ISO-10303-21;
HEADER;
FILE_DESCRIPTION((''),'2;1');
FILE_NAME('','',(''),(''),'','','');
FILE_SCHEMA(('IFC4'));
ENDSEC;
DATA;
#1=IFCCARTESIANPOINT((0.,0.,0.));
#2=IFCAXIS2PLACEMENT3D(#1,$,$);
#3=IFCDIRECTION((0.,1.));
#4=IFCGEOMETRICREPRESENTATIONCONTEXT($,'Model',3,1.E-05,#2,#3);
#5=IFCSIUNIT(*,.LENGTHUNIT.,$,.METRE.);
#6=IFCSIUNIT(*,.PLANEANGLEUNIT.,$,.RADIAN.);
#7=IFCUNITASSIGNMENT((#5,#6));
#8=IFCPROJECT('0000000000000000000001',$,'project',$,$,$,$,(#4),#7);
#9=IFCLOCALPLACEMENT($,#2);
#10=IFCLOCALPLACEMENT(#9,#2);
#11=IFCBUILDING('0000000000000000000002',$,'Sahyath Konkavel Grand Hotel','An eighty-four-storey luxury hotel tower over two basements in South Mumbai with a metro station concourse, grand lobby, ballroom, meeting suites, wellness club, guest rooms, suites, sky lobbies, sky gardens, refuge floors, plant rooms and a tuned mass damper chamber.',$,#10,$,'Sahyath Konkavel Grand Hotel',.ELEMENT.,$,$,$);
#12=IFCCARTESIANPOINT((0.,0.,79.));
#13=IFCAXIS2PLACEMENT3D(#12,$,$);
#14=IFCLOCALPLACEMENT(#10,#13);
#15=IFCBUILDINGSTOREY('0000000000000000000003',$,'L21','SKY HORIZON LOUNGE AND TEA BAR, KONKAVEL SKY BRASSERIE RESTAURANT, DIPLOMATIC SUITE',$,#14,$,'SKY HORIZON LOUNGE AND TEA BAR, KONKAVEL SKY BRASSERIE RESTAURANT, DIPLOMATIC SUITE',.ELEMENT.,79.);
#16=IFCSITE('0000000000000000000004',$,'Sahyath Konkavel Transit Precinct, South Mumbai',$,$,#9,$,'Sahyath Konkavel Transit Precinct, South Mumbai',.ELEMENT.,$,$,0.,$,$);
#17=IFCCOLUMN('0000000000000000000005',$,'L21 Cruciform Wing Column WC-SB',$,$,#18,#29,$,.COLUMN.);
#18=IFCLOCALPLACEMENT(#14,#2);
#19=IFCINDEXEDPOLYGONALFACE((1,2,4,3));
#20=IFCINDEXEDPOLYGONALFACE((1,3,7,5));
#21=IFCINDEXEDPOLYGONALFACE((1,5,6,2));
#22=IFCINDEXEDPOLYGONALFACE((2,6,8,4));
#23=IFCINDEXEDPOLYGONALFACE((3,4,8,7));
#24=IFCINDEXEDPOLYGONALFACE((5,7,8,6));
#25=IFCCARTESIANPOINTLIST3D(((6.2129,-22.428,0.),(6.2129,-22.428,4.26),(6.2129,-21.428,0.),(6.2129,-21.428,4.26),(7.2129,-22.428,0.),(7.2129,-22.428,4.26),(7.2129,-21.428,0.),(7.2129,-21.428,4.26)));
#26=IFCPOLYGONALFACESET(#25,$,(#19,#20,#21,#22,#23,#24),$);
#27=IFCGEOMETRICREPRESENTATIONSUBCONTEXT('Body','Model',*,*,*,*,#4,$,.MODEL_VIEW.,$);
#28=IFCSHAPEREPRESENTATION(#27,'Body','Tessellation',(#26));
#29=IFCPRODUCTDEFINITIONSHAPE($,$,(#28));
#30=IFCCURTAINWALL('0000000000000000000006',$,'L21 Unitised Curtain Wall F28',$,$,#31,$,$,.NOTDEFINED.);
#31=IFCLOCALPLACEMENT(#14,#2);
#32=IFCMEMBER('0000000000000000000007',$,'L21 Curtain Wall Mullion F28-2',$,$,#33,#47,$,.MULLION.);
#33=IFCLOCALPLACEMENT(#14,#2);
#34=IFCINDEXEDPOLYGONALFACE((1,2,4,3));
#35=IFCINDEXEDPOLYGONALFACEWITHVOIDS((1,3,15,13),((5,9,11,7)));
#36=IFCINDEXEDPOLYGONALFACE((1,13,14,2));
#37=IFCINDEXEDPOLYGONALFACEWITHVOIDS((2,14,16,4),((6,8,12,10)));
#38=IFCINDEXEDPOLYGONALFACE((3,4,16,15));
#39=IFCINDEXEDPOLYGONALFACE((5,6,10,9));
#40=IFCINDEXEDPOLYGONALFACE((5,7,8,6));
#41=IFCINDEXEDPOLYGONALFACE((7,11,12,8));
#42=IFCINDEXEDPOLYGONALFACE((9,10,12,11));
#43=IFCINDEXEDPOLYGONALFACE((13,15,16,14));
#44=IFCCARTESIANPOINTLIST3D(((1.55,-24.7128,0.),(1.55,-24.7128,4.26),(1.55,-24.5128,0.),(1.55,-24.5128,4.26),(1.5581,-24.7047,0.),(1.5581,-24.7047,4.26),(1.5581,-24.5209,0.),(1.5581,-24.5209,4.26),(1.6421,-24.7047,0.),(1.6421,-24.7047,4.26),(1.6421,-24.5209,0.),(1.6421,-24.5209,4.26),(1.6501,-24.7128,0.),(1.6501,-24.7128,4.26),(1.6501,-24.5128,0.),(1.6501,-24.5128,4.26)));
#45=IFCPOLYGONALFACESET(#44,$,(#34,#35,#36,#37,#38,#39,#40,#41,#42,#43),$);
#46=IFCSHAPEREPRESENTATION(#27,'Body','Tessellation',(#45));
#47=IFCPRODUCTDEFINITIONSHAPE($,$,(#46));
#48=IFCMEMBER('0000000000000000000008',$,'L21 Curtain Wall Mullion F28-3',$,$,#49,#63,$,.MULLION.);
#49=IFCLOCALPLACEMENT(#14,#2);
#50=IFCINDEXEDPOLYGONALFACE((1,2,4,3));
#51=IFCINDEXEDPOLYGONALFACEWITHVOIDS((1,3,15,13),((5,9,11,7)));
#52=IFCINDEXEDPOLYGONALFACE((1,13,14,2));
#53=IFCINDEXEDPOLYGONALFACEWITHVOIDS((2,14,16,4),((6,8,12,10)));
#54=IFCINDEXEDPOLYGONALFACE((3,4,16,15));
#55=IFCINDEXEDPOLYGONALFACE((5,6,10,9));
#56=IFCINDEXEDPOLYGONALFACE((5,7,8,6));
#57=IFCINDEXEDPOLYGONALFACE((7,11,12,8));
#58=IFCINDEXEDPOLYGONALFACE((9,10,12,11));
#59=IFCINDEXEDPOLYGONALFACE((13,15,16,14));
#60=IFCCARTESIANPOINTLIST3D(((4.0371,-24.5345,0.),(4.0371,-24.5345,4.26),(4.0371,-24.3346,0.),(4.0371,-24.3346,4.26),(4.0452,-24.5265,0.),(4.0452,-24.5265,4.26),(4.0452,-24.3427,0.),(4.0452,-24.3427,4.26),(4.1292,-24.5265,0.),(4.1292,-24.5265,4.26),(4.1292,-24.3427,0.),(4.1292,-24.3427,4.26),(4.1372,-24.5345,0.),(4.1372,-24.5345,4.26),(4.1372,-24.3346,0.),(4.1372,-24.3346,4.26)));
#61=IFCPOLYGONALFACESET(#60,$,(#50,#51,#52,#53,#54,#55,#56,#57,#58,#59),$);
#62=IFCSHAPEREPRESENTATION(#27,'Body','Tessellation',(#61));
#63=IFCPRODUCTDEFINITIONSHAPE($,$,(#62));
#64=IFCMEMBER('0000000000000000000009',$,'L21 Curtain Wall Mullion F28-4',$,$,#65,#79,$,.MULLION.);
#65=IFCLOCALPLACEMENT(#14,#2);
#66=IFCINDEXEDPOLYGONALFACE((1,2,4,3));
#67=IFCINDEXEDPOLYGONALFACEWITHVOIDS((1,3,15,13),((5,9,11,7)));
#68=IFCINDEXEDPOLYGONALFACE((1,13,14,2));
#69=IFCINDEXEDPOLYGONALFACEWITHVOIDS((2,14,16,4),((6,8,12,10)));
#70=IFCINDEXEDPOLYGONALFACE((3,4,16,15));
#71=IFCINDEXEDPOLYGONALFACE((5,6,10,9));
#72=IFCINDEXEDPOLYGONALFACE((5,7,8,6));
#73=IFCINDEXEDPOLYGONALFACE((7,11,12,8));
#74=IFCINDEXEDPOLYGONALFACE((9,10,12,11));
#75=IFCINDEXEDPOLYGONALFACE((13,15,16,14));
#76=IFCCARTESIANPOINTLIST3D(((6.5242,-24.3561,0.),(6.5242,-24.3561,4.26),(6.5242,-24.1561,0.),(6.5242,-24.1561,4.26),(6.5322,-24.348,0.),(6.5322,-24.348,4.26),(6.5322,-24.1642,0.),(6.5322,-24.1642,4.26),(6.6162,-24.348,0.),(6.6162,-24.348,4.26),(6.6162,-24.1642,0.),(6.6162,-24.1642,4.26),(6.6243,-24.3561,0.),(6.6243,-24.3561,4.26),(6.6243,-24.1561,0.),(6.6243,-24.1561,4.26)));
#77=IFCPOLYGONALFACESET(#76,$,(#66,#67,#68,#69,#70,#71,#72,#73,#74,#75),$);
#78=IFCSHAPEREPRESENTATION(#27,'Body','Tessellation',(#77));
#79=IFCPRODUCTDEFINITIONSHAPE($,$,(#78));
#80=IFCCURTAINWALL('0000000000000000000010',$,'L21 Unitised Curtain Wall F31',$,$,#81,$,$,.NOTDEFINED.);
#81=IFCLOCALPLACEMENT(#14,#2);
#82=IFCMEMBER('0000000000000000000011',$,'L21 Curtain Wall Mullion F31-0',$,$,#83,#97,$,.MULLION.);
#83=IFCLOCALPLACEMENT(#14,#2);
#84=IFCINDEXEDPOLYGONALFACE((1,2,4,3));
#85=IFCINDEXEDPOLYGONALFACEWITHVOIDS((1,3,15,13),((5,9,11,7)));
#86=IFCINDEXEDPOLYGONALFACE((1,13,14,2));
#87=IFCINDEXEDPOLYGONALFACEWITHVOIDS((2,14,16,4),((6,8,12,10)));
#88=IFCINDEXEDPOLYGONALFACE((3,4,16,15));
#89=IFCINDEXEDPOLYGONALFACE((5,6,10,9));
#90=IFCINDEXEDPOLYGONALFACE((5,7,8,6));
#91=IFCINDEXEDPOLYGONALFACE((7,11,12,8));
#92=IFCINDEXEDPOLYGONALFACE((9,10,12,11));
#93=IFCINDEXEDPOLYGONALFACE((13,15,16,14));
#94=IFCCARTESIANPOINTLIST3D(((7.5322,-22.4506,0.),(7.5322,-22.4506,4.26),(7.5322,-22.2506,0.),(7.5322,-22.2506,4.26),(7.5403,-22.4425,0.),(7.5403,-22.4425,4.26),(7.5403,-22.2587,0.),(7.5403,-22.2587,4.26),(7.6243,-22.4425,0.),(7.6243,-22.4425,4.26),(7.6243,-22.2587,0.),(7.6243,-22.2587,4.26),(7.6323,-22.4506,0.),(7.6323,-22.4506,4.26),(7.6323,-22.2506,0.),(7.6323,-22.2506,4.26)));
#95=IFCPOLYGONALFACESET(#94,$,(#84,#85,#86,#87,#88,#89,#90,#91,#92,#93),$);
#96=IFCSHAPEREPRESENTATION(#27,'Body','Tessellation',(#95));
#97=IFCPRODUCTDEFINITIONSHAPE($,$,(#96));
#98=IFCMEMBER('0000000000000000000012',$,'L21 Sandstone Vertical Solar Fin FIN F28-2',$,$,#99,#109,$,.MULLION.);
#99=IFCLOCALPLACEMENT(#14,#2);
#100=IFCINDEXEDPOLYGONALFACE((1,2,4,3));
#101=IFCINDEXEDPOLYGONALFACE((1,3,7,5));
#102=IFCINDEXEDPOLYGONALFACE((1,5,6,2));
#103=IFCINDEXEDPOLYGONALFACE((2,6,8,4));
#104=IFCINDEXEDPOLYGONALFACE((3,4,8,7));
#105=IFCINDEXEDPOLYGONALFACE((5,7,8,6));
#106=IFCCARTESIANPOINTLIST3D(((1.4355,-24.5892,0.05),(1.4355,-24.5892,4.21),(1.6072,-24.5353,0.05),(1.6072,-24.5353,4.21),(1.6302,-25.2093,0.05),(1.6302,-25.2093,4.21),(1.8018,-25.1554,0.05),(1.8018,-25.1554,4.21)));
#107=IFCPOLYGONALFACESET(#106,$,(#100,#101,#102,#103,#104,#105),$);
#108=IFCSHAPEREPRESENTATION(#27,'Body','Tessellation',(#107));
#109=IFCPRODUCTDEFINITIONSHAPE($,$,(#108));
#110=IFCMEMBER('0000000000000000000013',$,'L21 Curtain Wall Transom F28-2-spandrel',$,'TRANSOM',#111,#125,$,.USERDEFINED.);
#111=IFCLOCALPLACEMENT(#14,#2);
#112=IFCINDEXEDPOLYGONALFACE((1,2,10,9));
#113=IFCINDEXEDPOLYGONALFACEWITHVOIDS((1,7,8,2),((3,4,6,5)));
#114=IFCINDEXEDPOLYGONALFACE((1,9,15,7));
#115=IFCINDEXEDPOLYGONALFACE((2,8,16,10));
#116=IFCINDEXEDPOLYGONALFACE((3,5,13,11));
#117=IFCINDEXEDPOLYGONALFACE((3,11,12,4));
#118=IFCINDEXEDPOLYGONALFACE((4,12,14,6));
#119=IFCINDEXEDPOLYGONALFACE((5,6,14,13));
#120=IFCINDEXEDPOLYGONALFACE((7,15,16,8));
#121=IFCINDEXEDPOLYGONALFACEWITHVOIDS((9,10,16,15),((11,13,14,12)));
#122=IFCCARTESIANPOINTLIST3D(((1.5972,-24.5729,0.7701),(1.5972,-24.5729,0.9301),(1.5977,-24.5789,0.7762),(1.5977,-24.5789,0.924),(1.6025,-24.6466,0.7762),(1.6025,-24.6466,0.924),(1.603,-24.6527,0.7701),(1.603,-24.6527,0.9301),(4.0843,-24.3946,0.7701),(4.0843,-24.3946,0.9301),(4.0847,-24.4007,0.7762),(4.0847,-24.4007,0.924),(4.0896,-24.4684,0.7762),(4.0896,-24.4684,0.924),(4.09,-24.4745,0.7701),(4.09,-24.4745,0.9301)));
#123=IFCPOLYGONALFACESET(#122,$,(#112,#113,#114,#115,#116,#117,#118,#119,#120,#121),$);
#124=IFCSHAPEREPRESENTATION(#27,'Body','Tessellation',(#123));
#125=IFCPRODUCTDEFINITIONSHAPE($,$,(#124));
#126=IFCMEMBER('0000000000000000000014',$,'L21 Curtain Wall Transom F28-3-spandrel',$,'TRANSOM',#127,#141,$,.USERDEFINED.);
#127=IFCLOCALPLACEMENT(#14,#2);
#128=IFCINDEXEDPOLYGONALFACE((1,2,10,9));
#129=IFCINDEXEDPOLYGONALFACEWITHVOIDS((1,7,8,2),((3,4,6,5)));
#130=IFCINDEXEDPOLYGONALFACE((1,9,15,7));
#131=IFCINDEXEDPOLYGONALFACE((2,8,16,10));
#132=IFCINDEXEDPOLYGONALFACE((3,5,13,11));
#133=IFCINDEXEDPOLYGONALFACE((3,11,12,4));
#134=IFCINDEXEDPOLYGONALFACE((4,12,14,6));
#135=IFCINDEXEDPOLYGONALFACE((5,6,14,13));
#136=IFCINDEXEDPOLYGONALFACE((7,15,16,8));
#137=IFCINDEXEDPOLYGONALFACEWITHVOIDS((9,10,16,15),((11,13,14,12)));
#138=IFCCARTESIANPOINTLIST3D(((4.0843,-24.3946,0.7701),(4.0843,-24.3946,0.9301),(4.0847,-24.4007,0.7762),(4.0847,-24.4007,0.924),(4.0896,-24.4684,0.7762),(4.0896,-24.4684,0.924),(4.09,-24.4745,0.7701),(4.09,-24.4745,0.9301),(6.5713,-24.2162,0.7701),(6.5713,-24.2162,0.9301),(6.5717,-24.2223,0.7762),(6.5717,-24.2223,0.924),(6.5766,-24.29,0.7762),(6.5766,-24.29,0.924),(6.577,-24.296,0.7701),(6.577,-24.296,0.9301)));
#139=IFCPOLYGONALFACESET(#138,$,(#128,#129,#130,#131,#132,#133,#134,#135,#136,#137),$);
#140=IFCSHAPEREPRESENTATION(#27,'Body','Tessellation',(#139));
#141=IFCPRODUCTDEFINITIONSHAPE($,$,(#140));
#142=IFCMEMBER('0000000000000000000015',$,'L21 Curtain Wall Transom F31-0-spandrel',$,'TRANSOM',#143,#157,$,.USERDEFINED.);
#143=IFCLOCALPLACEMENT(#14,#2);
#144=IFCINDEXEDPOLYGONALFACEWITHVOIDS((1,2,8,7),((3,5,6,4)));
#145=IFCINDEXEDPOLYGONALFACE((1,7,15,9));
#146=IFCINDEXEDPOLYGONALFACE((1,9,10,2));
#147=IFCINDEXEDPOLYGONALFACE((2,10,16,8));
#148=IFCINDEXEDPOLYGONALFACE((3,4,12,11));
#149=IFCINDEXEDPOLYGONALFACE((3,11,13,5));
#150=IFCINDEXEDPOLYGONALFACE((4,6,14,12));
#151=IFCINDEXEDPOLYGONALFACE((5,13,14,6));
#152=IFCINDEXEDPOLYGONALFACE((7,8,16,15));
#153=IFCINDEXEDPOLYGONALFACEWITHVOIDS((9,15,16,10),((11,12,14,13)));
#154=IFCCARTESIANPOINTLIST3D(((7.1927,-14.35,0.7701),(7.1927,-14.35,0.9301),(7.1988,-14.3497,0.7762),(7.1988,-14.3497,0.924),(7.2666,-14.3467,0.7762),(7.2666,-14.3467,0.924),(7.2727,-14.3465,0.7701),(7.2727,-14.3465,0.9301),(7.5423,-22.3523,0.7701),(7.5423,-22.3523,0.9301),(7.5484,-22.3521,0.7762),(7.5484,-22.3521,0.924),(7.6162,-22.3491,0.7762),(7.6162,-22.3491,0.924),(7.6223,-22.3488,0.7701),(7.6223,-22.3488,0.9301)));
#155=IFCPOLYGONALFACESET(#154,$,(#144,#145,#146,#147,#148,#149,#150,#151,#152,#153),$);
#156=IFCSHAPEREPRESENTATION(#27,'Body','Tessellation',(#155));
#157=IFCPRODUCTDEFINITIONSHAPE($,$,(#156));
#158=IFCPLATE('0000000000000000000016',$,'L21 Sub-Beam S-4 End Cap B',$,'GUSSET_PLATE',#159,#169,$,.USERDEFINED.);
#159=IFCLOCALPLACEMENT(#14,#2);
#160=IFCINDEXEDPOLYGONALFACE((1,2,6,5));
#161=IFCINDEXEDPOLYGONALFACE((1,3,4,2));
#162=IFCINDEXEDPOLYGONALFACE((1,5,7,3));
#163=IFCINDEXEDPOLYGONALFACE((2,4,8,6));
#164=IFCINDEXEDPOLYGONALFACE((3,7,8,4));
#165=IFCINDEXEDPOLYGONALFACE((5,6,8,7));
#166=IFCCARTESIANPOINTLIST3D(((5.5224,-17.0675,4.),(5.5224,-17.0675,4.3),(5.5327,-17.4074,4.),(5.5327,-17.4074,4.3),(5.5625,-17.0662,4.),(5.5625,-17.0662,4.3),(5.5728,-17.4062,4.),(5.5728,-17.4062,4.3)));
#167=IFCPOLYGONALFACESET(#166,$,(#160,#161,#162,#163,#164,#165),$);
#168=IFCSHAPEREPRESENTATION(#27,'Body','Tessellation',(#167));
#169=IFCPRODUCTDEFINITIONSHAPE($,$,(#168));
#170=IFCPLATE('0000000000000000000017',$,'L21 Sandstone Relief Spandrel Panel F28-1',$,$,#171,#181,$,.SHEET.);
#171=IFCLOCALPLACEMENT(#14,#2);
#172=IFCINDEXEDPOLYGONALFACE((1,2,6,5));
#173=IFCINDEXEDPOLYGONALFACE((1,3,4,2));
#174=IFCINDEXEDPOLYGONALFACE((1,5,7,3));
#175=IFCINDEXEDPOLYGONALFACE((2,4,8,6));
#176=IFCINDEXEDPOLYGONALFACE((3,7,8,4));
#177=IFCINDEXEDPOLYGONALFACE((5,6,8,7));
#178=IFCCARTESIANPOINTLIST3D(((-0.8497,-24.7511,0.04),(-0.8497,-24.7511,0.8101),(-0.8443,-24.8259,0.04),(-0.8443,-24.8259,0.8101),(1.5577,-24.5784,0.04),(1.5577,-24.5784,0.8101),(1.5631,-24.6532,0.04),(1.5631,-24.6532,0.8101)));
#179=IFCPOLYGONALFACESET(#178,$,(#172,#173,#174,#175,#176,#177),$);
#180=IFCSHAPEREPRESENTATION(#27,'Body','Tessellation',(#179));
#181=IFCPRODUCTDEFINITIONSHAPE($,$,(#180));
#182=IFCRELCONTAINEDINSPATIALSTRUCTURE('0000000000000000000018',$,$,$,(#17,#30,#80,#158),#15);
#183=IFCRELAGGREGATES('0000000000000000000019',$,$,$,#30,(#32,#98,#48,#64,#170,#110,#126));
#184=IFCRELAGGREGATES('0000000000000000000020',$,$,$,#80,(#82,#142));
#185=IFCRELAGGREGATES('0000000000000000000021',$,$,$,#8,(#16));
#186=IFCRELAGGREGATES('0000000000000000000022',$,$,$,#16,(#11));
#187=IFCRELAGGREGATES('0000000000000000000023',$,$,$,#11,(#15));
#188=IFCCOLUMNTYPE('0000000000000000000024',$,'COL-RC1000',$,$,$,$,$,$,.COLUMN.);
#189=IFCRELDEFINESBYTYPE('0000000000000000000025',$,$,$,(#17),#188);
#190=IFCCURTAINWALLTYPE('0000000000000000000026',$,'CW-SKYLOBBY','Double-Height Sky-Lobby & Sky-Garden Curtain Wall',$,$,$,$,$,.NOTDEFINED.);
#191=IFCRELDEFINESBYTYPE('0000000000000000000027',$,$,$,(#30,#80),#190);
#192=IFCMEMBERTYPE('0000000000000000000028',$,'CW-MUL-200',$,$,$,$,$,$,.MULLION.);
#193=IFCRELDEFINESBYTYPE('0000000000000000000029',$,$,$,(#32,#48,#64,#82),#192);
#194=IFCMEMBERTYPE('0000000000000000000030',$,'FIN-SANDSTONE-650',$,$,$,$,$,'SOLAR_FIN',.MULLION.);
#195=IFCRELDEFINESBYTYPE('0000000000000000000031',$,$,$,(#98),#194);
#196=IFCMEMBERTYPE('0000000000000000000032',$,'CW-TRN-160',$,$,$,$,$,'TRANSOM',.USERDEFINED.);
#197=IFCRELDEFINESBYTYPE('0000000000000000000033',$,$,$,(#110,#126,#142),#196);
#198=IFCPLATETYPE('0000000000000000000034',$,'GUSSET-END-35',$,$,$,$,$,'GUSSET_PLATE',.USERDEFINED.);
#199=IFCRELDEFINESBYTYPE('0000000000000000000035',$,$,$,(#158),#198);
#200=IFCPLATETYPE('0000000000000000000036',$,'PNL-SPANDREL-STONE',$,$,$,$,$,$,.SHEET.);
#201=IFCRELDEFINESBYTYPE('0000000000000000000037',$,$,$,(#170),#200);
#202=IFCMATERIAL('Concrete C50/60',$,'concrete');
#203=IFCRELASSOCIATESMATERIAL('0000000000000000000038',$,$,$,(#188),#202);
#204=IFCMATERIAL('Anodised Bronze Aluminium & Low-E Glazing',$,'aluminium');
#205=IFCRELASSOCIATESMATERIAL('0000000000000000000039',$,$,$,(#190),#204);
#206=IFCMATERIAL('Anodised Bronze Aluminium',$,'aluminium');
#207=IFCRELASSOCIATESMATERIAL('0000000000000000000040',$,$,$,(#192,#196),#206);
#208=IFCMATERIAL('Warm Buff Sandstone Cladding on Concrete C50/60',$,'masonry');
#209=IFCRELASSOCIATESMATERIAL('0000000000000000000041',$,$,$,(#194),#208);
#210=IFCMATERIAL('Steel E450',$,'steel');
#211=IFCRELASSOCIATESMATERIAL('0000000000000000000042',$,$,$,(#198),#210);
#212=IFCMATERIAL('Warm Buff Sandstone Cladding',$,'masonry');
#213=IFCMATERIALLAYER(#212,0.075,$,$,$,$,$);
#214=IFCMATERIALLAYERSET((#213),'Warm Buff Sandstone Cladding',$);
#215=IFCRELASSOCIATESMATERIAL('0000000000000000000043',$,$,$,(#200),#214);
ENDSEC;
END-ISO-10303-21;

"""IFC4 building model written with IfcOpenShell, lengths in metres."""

from ifc_helpers import new_model, si_unit, direction, frame, origin, origin_2d, place, context, subcontext, project, spatial, rectangle, hollow_rectangle, extrude, source, transform, mapped, material, layer, layer_set, material_profile, profile_set, type_object, element, aggregate, save


model = new_model("IFC4")

# Units and contexts
model_context = context("Model", 3, precision=1e-05, world=origin(), true_north=direction((0.0, 1.0)))
body_context = subcontext(model_context, "Body", "Model", "MODEL_VIEW")
ifc_project = project(units=[si_unit("LENGTHUNIT", "METRE"), si_unit("PLANEANGLEUNIT", "RADIAN")], contexts=[model_context])

# Site, building, storey
site_placement = place(None, origin())
site = spatial("IfcSite", under=ifc_project, at=site_placement, Name="Sahyath Konkavel Transit Precinct, South Mumbai", LongName="Sahyath Konkavel Transit Precinct, South Mumbai", CompositionType="ELEMENT", RefElevation=0.0)
building_placement = place(site_placement, origin())
building = spatial("IfcBuilding", under=site, at=building_placement, Name="Sahyath Konkavel Grand Hotel", Description="An eighty-four-storey luxury hotel tower over two basements in South Mumbai with a metro station concourse, grand lobby, ballroom, meeting suites, wellness club, guest rooms, suites, sky lobbies, sky gardens, refuge floors, plant rooms and a tuned mass damper chamber.", LongName="Sahyath Konkavel Grand Hotel", CompositionType="ELEMENT")
storey_placement = place(building_placement, frame((0.0, 0.0, 79.0)))
storey = spatial("IfcBuildingStorey", under=building, at=storey_placement, Name="L21", Description="SKY HORIZON LOUNGE AND TEA BAR, KONKAVEL SKY BRASSERIE RESTAURANT, DIPLOMATIC SUITE", LongName="SKY HORIZON LOUNGE AND TEA BAR, KONKAVEL SKY BRASSERIE RESTAURANT, DIPLOMATIC SUITE", CompositionType="ELEMENT", Elevation=79.0)

# Column
ifc_material_1 = material(Name="Concrete C50/60", Category="concrete")
ifc_material_profile_1 = material_profile(ifc_material_1, rectangle(XDim=1.0, YDim=1.0, at=origin_2d()), Name="RC 1000x1000")
ifc_profile_set_1 = profile_set([ifc_material_profile_1], Name="Concrete C50/60")
column_type = type_object("IfcColumnType", Name="COL-RC1000", PredefinedType="COLUMN", material=ifc_profile_set_1)
shared_shape_1 = source(origin(), body_context, "Body", "SweptSolid", [
    extrude(rectangle(XDim=1.0, YDim=1.0, at=origin_2d()), origin(), (0.0, 0.0, 1.0), 4.26),
])
column_placement = place(storey_placement, frame((6.7129, -21.928, 0.0), z_axis=(0.0, 0.0, 1.0), x_axis=(1.0, 0.0, 0.0)))
element("IfcColumn", 1, at=column_placement, inside=storey, type_object=column_type, Name="L21 Cruciform Wing Column WC-SB", PredefinedType="COLUMN", context=body_context, shape_type="MappedRepresentation", body=[
    mapped(shared_shape_1, transform((0.0, 0.0, 0.0), scale=1.0)),
])

# Curtain wall, members
ifc_material_2 = material(Name="Anodised Bronze Aluminium & Low-E Glazing", Category="aluminium")
curtain_wall_type = type_object("IfcCurtainWallType", Name="CW-SKYLOBBY", Description="Double-Height Sky-Lobby & Sky-Garden Curtain Wall", PredefinedType="NOTDEFINED", material=ifc_material_2)
curtain_wall_1_placement = place(storey_placement, origin())
curtain_wall_1 = element("IfcCurtainWall", 2, at=curtain_wall_1_placement, inside=storey, type_object=curtain_wall_type, Name="L21 Unitised Curtain Wall F28", PredefinedType="NOTDEFINED")
ifc_material_3 = material(Name="Anodised Bronze Aluminium", Category="aluminium")
ifc_material_profile_2 = material_profile(ifc_material_3, hollow_rectangle(XDim=0.1001, YDim=0.2, WallThickness=0.0081, at=origin_2d()), Name="RHS 200x100x8")
ifc_profile_set_2 = profile_set([ifc_material_profile_2], Name="Anodised Bronze Aluminium")
member_type_1 = type_object("IfcMemberType", Name="CW-MUL-200", PredefinedType="MULLION", material=ifc_profile_set_2)
shared_shape_2 = source(origin(), body_context, "Body", "SweptSolid", [
    extrude(hollow_rectangle(XDim=0.1001, YDim=0.2, WallThickness=0.0081, at=origin_2d()), origin(), (0.0, 0.0, 1.0), 4.26),
])
member_1_placement = place(storey_placement, frame((1.6001, -24.6128, 0.0), z_axis=(0.0, 0.0, 1.0), x_axis=(1.0, 0.0, 0.0)))
member_1 = element("IfcMember", 3, at=member_1_placement, type_object=member_type_1, Name="L21 Curtain Wall Mullion F28-2", PredefinedType="MULLION", context=body_context, shape_type="MappedRepresentation", body=[
    mapped(shared_shape_2, transform((0.0, 0.0, 0.0), scale=1.0)),
])
member_2_placement = place(storey_placement, frame((4.0872, -24.4346, 0.0), z_axis=(0.0, 0.0, 1.0), x_axis=(1.0, 0.0, 0.0)))
member_2 = element("IfcMember", 4, at=member_2_placement, type_object=member_type_1, Name="L21 Curtain Wall Mullion F28-3", PredefinedType="MULLION", context=body_context, shape_type="MappedRepresentation", body=[
    mapped(shared_shape_2, transform((0.0, 0.0, 0.0), scale=1.0)),
])
member_3_placement = place(storey_placement, frame((6.5742, -24.2561, 0.0), z_axis=(0.0, 0.0, 1.0), x_axis=(1.0, 0.0, 0.0)))
member_3 = element("IfcMember", 5, at=member_3_placement, type_object=member_type_1, Name="L21 Curtain Wall Mullion F28-4", PredefinedType="MULLION", context=body_context, shape_type="MappedRepresentation", body=[
    mapped(shared_shape_2, transform((0.0, 0.0, 0.0), scale=1.0)),
])

# Curtain wall, member
curtain_wall_2_placement = place(storey_placement, origin())
curtain_wall_2 = element("IfcCurtainWall", 6, at=curtain_wall_2_placement, inside=storey, type_object=curtain_wall_type, Name="L21 Unitised Curtain Wall F31", PredefinedType="NOTDEFINED")
member_4_placement = place(storey_placement, frame((7.5823, -22.3506, 0.0), z_axis=(0.0, 0.0, 1.0), x_axis=(1.0, 0.0, 0.0)))
member_4 = element("IfcMember", 7, at=member_4_placement, type_object=member_type_1, Name="L21 Curtain Wall Mullion F31-0", PredefinedType="MULLION", context=body_context, shape_type="MappedRepresentation", body=[
    mapped(shared_shape_2, transform((0.0, 0.0, 0.0), scale=1.0)),
])

# Members
ifc_material_4 = material(Name="Warm Buff Sandstone Cladding on Concrete C50/60", Category="masonry")
ifc_material_profile_3 = material_profile(ifc_material_4, rectangle(XDim=0.1799, YDim=0.6499, at=origin_2d()), Name="FIN 180x650")
ifc_profile_set_3 = profile_set([ifc_material_profile_3], Name="Warm Buff Sandstone Cladding on Concrete C50/60")
member_type_2 = type_object("IfcMemberType", Name="FIN-SANDSTONE-650", ElementType="SOLAR_FIN", PredefinedType="MULLION", material=ifc_profile_set_3)
shared_shape_3 = source(origin(), body_context, "Body", "SweptSolid", [
    extrude(rectangle(XDim=0.1799, YDim=0.6499, at=origin_2d()), origin(), (0.0, 0.0, 1.0), 4.1599),
])
member_5_placement = place(storey_placement, frame((1.6187, -24.8723, 0.05), z_axis=(0.0, 0.0, 1.0), x_axis=(0.954084, 0.29954, 0.0)))
member_5 = element("IfcMember", 8, at=member_5_placement, type_object=member_type_2, Name="L21 Sandstone Vertical Solar Fin FIN F28-2", PredefinedType="MULLION", context=body_context, shape_type="MappedRepresentation", body=[
    mapped(shared_shape_3, transform((0.0, 0.0, 0.0), scale=1.0)),
])
ifc_material_profile_4 = material_profile(ifc_material_3, hollow_rectangle(XDim=0.0801, YDim=0.1599, WallThickness=0.0061, at=origin_2d()), Name="RHS 160x80x6")
ifc_profile_set_4 = profile_set([ifc_material_profile_4], Name="Anodised Bronze Aluminium")
member_type_3 = type_object("IfcMemberType", Name="CW-TRN-160", ElementType="TRANSOM", PredefinedType="USERDEFINED", material=ifc_profile_set_4)
shared_shape_4 = source(origin(), body_context, "Body", "SweptSolid", [
    extrude(hollow_rectangle(XDim=0.0801, YDim=0.1599, WallThickness=0.0061, at=origin_2d()), origin(), (0.0, 0.0, 1.0), 2.4934),
])
member_6_placement = place(storey_placement, frame((1.6001, -24.6128, 0.8501), z_axis=(0.997442, 0.071477, 0.0), x_axis=(-0.071477, 0.997442, 0.0)))
member_6 = element("IfcMember", 9, at=member_6_placement, type_object=member_type_3, Name="L21 Curtain Wall Transom F28-2-spandrel", ObjectType="TRANSOM", PredefinedType="USERDEFINED", context=body_context, shape_type="MappedRepresentation", body=[
    mapped(shared_shape_4, transform((0.0, 0.0, 0.0), scale=1.0)),
])
member_7_placement = place(storey_placement, frame((4.0872, -24.4346, 0.8501), z_axis=(0.997435, 0.071574, 0.0), x_axis=(-0.071574, 0.997435, 0.0)))
member_7 = element("IfcMember", 10, at=member_7_placement, type_object=member_type_3, Name="L21 Curtain Wall Transom F28-3-spandrel", ObjectType="TRANSOM", PredefinedType="USERDEFINED", context=body_context, shape_type="MappedRepresentation", body=[
    mapped(shared_shape_4, transform((0.0, 0.0, 0.0), scale=1.0)),
])
shared_shape_5 = source(origin(), body_context, "Body", "SweptSolid", [
    extrude(hollow_rectangle(XDim=0.0801, YDim=0.1599, WallThickness=0.0061, at=origin_2d()), origin(), (0.0, 0.0, 1.0), 8.01),
])
member_8_placement = place(storey_placement, frame((7.5823, -22.3506, 0.8501), z_axis=(-0.043646, 0.999047, 0.0), x_axis=(-0.999047, -0.043646, 0.0)))
member_8 = element("IfcMember", 11, at=member_8_placement, type_object=member_type_3, Name="L21 Curtain Wall Transom F31-0-spandrel", ObjectType="TRANSOM", PredefinedType="USERDEFINED", context=body_context, shape_type="MappedRepresentation", body=[
    mapped(shared_shape_5, transform((0.0, 0.0, 0.0), scale=1.0)),
])

# Plates
ifc_material_5 = material(Name="Steel E450", Category="steel")
plate_type_1 = type_object("IfcPlateType", Name="GUSSET-END-35", ElementType="GUSSET_PLATE", PredefinedType="USERDEFINED", material=ifc_material_5)
shared_shape_6 = source(origin(), body_context, "Body", "SweptSolid", [
    extrude(rectangle(XDim=0.04, YDim=0.3401, at=origin_2d()), origin(), (0.0, 0.0, 1.0), 0.3),
])
plate_1_placement = place(storey_placement, frame((5.5476, -17.2368, 4.0), z_axis=(0.0, 0.0, 1.0), x_axis=(0.999542, 0.030277, 0.0)))
element("IfcPlate", 12, at=plate_1_placement, inside=storey, type_object=plate_type_1, Name="L21 Sub-Beam S-4 End Cap B", ObjectType="GUSSET_PLATE", PredefinedType="USERDEFINED", context=body_context, shape_type="MappedRepresentation", body=[
    mapped(shared_shape_6, transform((0.0, 0.0, 0.0), scale=1.0)),
])
ifc_material_6 = material(Name="Warm Buff Sandstone Cladding", Category="masonry")
ifc_layer_1 = layer(ifc_material_6, 0.075)
ifc_layer_set_1 = layer_set([ifc_layer_1], Name="Warm Buff Sandstone Cladding")
plate_type_2 = type_object("IfcPlateType", Name="PNL-SPANDREL-STONE", PredefinedType="SHEET", material=ifc_layer_set_1)
shared_shape_7 = source(origin(), body_context, "Body", "SweptSolid", [
    extrude(rectangle(XDim=2.4136, YDim=0.075, at=origin_2d()), origin(), (0.0, 0.0, 1.0), 0.77),
])
plate_2_placement = place(storey_placement, frame((0.3567, -24.7021, 0.04), z_axis=(0.0, 0.0, 1.0), x_axis=(0.997436, 0.071567, 0.0)))
plate_2 = element("IfcPlate", 13, at=plate_2_placement, type_object=plate_type_2, Name="L21 Sandstone Relief Spandrel Panel F28-1", PredefinedType="SHEET", context=body_context, shape_type="MappedRepresentation", body=[
    mapped(shared_shape_7, transform((0.0, 0.0, 0.0), scale=1.0)),
])
aggregate(curtain_wall_1, [member_1, member_5, member_2, member_3, plate_2, member_6, member_7])
aggregate(curtain_wall_2, [member_4, member_8])

save(model, "model.ifc")
